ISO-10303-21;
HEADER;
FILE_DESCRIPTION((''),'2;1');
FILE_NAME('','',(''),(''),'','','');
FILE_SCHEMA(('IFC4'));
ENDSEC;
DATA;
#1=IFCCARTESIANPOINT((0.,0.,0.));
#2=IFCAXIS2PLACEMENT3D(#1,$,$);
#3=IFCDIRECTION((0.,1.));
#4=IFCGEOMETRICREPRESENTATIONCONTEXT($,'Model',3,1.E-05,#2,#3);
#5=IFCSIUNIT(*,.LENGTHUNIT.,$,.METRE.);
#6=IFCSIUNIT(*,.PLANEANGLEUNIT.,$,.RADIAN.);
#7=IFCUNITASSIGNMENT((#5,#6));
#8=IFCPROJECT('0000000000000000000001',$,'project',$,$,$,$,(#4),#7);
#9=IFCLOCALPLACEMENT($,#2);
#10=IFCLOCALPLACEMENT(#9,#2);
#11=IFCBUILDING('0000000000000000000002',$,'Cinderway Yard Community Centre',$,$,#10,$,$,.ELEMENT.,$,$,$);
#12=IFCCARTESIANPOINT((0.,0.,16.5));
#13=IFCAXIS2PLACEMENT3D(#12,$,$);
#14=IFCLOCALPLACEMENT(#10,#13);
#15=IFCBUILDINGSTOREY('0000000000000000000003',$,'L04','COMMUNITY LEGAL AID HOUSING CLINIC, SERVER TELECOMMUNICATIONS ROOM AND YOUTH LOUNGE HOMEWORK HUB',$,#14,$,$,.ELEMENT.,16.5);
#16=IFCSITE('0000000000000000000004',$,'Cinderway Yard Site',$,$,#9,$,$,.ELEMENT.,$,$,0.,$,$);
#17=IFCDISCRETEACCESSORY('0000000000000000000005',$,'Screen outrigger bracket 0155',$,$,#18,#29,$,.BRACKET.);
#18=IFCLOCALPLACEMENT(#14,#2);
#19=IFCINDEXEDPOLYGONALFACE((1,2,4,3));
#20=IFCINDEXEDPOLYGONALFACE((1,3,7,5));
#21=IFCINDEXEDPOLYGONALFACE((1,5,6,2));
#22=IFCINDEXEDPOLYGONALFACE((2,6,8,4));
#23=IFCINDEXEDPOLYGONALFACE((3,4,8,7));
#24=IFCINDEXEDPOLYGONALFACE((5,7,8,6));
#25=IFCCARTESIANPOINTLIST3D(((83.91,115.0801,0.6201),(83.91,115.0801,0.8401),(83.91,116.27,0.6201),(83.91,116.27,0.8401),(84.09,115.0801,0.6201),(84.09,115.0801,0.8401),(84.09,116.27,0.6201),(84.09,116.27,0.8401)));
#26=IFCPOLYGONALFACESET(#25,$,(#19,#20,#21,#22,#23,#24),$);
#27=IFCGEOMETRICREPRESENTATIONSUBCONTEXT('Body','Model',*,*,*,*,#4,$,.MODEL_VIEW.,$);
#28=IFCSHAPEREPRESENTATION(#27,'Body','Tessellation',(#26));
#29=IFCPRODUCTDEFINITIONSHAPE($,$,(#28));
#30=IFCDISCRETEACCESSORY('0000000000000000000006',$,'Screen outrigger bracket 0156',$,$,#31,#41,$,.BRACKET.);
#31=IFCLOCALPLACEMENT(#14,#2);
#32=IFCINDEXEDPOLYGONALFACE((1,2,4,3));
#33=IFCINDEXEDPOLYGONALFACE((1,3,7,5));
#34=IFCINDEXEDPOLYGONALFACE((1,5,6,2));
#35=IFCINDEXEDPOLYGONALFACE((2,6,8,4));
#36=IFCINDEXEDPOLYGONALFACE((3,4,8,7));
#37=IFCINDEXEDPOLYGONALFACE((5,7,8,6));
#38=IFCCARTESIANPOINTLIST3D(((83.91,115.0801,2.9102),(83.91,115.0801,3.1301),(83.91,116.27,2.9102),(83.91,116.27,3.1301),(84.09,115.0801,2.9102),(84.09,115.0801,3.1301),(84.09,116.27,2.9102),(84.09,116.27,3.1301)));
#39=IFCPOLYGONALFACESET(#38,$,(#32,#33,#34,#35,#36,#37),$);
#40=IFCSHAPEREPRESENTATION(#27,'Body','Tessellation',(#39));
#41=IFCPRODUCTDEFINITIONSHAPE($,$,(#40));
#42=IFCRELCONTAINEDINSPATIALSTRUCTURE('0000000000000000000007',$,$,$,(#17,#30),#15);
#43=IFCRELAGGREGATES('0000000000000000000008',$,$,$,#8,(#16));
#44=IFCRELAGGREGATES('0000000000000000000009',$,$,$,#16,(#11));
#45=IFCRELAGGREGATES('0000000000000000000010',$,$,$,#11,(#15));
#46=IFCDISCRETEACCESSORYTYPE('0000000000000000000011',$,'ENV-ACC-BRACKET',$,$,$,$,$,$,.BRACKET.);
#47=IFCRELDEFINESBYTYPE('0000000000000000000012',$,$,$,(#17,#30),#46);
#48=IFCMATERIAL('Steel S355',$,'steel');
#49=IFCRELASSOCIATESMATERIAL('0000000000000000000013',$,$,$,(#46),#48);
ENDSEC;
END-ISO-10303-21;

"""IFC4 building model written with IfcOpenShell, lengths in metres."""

from ifc_helpers import new_model, si_unit, direction, frame, origin, origin_2d, place, context, subcontext, project, spatial, rectangle, extrude, material, type_object, element, save


model = new_model("IFC4")

# Units and contexts
model_context = context("Model", 3, precision=1e-05, world=origin(), true_north=direction((0.0, 1.0)))
body_context = subcontext(model_context, "Body", "Model", "MODEL_VIEW")
ifc_project = project(units=[si_unit("LENGTHUNIT", "METRE"), si_unit("PLANEANGLEUNIT", "RADIAN")], contexts=[model_context])

# Site, building, storey
site_placement = place(None, origin())
site = spatial("IfcSite", under=ifc_project, at=site_placement, Name="Cinderway Yard Site", CompositionType="ELEMENT", RefElevation=0.0)
building_placement = place(site_placement, origin())
building = spatial("IfcBuilding", under=site, at=building_placement, Name="Cinderway Yard Community Centre", CompositionType="ELEMENT")
storey_placement = place(building_placement, frame((0.0, 0.0, 16.5)))
storey = spatial("IfcBuildingStorey", under=building, at=storey_placement, Name="L04", Description="COMMUNITY LEGAL AID HOUSING CLINIC, SERVER TELECOMMUNICATIONS ROOM AND YOUTH LOUNGE HOMEWORK HUB", CompositionType="ELEMENT", Elevation=16.5)

# Shared definitions
ifc_material_1 = material(Name="Steel S355", Category="steel")

# Discrete accessories
discrete_accessory_type = type_object("IfcDiscreteAccessoryType", Name="ENV-ACC-BRACKET", PredefinedType="BRACKET", material=ifc_material_1)
for number, where, z_axis, x_axis, name in (
    (1, (84.0, 115.675, 0.6201), (0.0, 0.0, 1.0), (0.0, 1.0, 0.0), "Screen outrigger bracket 0155"),
    (2, (84.0, 115.675, 2.9102), (0.0, 0.0, 1.0), (0.0, 1.0, 0.0), "Screen outrigger bracket 0156"),
):
    element("IfcDiscreteAccessory", number, at=place(storey_placement, frame(where, z_axis=z_axis, x_axis=x_axis)), inside=storey, type_object=discrete_accessory_type, Name=name, PredefinedType="BRACKET", context=body_context, shape_type="SweptSolid", body=[
        extrude(rectangle(XDim=1.1899, YDim=0.1799, at=origin_2d()), origin(), (0.0, 0.0, 1.0), 0.22),
    ])

save(model, "model.ifc")
